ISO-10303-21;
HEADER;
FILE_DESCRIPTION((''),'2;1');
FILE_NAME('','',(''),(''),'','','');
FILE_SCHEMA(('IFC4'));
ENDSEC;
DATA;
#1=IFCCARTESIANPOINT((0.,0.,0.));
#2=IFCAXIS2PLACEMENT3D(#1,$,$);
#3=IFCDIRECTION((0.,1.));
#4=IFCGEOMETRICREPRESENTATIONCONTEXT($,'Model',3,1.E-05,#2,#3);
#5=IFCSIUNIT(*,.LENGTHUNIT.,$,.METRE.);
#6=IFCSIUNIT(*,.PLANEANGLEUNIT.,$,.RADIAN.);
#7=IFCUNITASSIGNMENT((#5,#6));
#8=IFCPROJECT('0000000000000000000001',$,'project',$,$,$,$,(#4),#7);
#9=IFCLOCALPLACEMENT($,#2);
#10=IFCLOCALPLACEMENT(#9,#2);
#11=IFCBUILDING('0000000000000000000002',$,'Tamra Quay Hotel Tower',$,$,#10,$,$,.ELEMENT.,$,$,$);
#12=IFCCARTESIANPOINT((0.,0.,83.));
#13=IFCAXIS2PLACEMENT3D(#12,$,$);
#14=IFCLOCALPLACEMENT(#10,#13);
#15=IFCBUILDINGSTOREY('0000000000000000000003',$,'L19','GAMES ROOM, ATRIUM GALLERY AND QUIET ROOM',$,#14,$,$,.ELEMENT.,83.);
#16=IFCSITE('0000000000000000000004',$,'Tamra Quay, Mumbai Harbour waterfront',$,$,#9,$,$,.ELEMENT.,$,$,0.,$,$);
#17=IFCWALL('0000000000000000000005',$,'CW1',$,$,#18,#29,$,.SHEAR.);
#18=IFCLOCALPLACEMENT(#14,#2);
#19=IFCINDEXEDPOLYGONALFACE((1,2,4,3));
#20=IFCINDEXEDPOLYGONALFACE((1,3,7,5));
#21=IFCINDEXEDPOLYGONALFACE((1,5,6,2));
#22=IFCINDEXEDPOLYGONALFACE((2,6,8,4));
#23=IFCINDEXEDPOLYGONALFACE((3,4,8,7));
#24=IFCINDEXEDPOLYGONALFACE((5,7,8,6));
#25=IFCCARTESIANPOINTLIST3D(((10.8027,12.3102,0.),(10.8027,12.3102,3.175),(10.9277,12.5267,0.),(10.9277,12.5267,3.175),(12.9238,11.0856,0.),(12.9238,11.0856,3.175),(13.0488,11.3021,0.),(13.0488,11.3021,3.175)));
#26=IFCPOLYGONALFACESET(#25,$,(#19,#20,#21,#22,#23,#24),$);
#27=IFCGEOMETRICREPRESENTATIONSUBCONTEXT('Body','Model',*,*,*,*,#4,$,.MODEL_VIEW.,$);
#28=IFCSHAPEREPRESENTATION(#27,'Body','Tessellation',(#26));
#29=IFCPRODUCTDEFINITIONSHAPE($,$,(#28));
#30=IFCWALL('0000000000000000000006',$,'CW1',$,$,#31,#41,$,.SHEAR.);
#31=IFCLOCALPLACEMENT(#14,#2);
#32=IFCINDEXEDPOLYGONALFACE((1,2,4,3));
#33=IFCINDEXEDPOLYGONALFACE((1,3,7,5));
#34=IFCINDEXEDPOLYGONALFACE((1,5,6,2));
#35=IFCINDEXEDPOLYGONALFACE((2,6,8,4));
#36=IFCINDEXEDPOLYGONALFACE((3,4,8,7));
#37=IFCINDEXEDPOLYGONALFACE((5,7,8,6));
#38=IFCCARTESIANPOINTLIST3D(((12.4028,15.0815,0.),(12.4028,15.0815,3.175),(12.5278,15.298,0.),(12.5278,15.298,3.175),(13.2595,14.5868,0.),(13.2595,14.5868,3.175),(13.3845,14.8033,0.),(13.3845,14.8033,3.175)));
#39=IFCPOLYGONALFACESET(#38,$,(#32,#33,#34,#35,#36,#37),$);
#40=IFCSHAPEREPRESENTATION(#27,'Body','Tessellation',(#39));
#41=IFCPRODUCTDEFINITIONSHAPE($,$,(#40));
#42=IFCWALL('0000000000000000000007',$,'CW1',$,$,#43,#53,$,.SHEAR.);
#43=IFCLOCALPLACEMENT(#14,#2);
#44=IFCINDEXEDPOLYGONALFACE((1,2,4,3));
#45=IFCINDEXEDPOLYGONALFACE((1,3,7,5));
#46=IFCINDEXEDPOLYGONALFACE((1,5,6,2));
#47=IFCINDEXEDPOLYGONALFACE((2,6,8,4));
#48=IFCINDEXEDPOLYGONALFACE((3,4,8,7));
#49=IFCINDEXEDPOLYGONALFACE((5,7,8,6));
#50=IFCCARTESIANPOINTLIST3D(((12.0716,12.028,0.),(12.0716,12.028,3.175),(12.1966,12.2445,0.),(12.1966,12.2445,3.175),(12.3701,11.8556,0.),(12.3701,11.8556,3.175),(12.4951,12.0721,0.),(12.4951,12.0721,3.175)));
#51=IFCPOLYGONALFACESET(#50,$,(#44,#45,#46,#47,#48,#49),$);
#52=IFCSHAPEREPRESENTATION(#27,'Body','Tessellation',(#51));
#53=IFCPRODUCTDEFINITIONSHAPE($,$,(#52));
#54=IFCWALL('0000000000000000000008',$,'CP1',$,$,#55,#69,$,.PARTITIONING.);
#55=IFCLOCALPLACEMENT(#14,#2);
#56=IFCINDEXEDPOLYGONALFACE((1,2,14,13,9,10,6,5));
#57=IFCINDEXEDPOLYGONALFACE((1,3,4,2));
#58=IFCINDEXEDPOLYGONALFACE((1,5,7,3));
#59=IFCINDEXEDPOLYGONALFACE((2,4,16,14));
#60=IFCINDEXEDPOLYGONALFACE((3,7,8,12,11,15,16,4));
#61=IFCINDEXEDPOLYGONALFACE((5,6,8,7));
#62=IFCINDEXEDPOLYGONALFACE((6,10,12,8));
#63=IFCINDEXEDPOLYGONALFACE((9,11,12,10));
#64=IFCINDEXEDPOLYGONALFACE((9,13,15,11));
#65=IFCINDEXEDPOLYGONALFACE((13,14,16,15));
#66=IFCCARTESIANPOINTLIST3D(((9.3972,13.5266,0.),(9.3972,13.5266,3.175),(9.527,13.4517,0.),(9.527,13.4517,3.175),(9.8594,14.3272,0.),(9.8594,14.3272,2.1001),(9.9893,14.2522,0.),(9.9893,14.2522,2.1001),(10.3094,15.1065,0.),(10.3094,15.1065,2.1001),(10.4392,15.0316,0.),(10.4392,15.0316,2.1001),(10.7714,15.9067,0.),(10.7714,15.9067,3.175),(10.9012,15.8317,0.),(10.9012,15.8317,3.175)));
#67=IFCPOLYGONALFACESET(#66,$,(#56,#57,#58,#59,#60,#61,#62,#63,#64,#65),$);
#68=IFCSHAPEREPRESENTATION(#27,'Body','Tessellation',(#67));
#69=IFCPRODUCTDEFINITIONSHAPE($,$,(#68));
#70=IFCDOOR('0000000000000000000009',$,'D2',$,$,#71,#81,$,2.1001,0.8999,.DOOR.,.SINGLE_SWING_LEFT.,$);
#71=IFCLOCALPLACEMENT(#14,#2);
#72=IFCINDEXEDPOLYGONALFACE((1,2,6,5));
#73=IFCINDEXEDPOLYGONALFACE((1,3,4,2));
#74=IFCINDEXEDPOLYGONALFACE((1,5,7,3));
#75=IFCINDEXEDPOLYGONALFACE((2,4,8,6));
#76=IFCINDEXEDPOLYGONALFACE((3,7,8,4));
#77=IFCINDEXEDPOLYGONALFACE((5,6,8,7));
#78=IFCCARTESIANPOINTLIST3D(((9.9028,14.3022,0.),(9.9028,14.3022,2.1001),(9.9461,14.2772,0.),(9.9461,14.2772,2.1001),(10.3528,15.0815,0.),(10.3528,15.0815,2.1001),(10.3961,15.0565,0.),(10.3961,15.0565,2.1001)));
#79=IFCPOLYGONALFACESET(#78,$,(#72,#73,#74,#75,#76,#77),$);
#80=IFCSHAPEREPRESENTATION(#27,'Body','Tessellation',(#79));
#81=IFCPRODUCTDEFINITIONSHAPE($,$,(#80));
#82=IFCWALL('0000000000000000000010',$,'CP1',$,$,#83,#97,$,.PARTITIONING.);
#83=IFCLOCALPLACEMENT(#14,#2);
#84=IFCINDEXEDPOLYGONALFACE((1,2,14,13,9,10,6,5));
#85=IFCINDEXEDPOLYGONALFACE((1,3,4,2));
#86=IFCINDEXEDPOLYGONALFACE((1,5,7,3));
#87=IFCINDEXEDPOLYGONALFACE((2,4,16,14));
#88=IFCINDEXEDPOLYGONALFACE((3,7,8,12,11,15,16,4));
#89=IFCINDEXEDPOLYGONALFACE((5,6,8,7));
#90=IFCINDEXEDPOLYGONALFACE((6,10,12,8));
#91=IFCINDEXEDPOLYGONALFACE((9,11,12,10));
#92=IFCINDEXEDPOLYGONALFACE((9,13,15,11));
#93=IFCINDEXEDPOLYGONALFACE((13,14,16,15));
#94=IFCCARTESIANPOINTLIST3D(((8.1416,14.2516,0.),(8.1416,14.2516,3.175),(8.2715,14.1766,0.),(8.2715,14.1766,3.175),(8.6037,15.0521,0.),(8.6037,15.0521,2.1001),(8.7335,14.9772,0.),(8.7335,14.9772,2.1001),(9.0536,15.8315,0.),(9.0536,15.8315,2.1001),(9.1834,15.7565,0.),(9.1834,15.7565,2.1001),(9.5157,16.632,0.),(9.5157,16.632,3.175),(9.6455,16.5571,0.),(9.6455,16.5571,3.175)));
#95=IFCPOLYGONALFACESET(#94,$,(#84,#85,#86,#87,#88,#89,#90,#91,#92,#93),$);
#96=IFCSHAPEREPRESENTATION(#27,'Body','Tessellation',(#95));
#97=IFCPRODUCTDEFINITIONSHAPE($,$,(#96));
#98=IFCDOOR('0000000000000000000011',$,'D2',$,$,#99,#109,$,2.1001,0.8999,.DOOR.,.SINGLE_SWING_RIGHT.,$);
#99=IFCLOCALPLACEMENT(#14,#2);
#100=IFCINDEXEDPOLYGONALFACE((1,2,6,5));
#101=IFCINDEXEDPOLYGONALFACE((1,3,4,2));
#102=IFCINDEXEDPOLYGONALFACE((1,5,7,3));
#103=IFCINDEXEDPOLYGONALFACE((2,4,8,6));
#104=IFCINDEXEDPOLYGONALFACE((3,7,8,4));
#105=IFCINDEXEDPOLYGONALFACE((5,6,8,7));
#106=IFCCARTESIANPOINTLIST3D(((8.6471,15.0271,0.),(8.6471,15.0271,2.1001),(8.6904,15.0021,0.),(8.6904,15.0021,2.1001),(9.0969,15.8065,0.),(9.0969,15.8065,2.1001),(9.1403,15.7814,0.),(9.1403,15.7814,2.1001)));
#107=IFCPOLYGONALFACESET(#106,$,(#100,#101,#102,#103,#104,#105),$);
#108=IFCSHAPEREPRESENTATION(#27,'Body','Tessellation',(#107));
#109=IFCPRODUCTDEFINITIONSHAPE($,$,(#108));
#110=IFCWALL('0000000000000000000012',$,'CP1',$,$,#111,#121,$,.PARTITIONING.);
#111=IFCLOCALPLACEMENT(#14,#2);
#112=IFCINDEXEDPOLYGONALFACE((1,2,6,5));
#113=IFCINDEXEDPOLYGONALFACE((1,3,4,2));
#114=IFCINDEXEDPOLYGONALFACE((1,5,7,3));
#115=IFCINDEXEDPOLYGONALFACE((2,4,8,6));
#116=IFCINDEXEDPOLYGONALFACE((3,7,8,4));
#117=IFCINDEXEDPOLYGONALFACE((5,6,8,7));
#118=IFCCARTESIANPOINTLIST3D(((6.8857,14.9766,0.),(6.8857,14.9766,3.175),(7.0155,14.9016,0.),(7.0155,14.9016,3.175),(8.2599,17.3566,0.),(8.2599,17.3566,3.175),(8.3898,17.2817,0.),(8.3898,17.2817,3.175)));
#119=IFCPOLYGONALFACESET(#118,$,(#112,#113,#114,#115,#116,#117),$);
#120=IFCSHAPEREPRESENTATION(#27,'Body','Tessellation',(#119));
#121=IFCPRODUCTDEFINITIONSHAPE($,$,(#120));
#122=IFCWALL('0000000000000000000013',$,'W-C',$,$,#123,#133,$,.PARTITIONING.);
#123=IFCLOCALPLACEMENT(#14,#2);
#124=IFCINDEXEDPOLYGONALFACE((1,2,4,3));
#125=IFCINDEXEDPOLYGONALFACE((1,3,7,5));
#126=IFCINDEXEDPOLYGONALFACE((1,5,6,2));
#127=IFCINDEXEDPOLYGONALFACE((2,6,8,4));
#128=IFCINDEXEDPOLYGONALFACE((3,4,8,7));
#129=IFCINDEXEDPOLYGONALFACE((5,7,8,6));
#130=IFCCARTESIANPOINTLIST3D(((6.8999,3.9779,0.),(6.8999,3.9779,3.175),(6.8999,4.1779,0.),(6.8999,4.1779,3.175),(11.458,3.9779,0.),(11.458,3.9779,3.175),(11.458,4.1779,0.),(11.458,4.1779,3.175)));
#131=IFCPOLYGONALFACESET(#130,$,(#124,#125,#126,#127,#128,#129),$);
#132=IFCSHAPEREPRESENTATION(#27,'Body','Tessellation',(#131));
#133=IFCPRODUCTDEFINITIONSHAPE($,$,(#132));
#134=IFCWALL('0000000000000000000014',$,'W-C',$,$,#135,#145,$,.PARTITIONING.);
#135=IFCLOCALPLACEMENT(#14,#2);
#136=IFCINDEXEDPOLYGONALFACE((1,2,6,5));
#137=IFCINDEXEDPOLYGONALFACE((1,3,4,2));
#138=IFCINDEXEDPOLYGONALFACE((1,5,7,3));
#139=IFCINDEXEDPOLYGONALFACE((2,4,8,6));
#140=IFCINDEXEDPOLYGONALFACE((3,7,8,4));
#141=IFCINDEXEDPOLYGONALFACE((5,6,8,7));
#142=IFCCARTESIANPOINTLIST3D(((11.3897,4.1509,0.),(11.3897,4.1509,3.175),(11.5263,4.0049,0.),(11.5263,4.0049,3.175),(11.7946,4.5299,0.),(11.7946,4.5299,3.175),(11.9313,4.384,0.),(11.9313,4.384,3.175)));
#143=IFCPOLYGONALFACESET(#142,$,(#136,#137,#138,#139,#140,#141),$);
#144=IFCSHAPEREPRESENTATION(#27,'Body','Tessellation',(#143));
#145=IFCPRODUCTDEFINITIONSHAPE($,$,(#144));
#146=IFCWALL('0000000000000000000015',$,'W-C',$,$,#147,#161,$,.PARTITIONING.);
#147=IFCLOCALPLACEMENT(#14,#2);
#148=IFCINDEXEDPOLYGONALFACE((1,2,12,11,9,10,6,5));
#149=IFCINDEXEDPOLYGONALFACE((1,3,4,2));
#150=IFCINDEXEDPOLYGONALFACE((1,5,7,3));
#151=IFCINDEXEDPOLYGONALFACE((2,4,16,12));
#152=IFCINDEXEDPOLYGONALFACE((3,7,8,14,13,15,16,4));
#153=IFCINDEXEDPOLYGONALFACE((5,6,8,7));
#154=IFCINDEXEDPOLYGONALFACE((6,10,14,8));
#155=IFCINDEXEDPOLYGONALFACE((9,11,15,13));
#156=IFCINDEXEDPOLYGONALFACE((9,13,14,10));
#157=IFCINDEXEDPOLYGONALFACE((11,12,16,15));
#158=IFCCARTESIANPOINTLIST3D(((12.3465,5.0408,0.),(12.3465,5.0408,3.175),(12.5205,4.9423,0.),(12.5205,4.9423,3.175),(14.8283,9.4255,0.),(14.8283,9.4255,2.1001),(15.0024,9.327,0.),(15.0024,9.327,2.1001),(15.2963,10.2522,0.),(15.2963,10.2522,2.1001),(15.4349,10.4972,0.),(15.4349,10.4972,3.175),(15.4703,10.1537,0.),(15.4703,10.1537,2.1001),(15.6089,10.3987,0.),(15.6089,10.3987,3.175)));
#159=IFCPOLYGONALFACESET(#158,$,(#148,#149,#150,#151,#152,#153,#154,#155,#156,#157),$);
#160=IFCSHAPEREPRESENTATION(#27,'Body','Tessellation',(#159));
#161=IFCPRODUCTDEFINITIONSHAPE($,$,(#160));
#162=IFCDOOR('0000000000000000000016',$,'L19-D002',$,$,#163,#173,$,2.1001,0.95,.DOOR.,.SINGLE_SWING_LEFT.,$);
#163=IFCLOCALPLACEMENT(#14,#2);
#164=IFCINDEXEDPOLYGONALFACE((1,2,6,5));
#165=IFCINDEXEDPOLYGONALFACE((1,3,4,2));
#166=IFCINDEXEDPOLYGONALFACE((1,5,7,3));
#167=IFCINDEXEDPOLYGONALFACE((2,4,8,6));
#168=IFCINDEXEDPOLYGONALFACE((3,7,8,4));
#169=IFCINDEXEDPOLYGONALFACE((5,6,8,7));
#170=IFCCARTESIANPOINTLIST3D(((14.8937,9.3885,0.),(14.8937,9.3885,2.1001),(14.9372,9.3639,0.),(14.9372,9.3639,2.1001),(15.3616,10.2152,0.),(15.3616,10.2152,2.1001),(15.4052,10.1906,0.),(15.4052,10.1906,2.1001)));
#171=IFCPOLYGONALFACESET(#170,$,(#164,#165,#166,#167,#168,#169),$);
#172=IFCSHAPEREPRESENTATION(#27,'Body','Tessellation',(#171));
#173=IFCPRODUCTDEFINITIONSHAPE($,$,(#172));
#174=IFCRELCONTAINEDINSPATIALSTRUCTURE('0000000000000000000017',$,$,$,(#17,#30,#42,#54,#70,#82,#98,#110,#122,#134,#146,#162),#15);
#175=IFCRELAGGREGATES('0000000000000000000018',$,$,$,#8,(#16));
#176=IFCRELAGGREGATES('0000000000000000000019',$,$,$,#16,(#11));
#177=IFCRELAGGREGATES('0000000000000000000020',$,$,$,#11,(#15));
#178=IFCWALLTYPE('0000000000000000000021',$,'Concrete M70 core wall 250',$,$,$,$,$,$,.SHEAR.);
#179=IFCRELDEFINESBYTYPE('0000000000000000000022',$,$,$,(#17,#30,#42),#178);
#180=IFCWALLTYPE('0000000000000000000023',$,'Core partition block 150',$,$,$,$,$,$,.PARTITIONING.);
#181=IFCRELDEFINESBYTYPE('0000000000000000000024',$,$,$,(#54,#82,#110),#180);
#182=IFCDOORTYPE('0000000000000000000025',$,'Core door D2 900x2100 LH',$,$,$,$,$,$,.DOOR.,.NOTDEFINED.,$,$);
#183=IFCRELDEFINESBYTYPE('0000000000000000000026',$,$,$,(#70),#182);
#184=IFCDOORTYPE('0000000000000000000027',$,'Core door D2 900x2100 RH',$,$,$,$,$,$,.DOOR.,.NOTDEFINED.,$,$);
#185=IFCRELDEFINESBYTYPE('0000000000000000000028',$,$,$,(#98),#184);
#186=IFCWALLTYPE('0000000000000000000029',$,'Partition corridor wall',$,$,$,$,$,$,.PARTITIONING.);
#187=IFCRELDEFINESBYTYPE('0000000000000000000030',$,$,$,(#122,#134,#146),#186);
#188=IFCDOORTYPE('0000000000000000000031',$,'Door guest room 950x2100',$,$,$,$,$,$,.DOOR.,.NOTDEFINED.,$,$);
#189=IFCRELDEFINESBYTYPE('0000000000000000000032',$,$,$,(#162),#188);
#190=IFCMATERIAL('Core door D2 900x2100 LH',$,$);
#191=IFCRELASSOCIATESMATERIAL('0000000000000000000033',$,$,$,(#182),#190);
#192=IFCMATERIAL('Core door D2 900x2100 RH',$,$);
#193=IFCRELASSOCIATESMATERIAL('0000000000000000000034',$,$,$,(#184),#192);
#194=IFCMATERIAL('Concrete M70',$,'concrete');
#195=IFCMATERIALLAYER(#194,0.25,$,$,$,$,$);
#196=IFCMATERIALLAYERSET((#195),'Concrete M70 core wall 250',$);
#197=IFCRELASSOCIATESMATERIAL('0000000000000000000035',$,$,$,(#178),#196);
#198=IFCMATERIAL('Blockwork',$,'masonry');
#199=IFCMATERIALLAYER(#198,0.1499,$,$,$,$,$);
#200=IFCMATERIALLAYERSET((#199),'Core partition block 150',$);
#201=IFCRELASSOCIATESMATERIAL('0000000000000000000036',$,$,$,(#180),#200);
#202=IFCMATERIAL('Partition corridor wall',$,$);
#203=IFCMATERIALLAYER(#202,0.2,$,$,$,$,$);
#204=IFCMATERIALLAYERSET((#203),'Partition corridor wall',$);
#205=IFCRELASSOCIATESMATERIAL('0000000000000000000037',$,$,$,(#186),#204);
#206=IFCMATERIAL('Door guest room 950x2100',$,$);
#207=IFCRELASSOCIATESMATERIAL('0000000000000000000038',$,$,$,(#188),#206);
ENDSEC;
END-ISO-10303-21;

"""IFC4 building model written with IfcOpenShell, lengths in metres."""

from ifc_helpers import new_model, si_unit, direction, frame, frame_2d, origin, place, context, subcontext, project, spatial, rectangle, extrude, material, layer, layer_set, type_object, element, fill, save


model = new_model("IFC4")

# Units and contexts
model_context = context("Model", 3, precision=1e-05, world=origin(), true_north=direction((0.0, 1.0)))
body_context = subcontext(model_context, "Body", "Model", "MODEL_VIEW")
ifc_project = project(units=[si_unit("LENGTHUNIT", "METRE"), si_unit("PLANEANGLEUNIT", "RADIAN")], contexts=[model_context])

# Site, building, storey
site_placement = place(None, origin())
site = spatial("IfcSite", under=ifc_project, at=site_placement, Name="Tamra Quay, Mumbai Harbour waterfront", CompositionType="ELEMENT", RefElevation=0.0)
building_placement = place(site_placement, origin())
building = spatial("IfcBuilding", under=site, at=building_placement, Name="Tamra Quay Hotel Tower", CompositionType="ELEMENT")
storey_placement = place(building_placement, frame((0.0, 0.0, 83.0)))
storey = spatial("IfcBuildingStorey", under=building, at=storey_placement, Name="L19", Description="GAMES ROOM, ATRIUM GALLERY AND QUIET ROOM", CompositionType="ELEMENT", Elevation=83.0)

# Shared definitions
ifc_material_1 = material(Name="Concrete M70", Category="concrete")
ifc_material_2 = material(Name="Core door D2 900x2100 LH")
door_type_1 = type_object("IfcDoorType", Name="Core door D2 900x2100 LH", OperationType="NOTDEFINED", PredefinedType="DOOR", material=ifc_material_2)
ifc_material_3 = material(Name="Core door D2 900x2100 RH")
door_type_2 = type_object("IfcDoorType", Name="Core door D2 900x2100 RH", OperationType="NOTDEFINED", PredefinedType="DOOR", material=ifc_material_3)
ifc_layer_1 = layer(ifc_material_1, 0.25)
ifc_layer_set_1 = layer_set([ifc_layer_1], Name="Concrete M70 core wall 250")
wall_type_1 = type_object("IfcWallType", Name="Concrete M70 core wall 250", PredefinedType="SHEAR", material=ifc_layer_set_1)

# Walls
wall_1_placement = place(storey_placement, frame((10.8652, 12.4185, 0.0), z_axis=(0.0, 0.0, 1.0), x_axis=(0.866026, -0.499999, 0.0)))
element("IfcWall", 1, at=wall_1_placement, inside=storey, type_object=wall_type_1, Name="CW1", PredefinedType="SHEAR", context=body_context, shape_type="SweptSolid", body=[
    extrude(rectangle(XDim=2.4492, YDim=0.25, at=frame_2d((1.2246, 0.0))), origin(), (0.0, 0.0, 1.0), 3.175),
])
wall_2_placement = place(storey_placement, frame((13.322, 14.6951, 0.0), z_axis=(0.0, 0.0, 1.0), x_axis=(-0.866017, 0.500014, 0.0)))
element("IfcWall", 2, at=wall_2_placement, inside=storey, type_object=wall_type_1, Name="CW1", PredefinedType="SHEAR", context=body_context, shape_type="SweptSolid", body=[
    extrude(rectangle(XDim=0.9893, YDim=0.25, at=frame_2d((0.4946, 0.0))), origin(), (0.0, 0.0, 1.0), 3.175),
])
wall_3_placement = place(storey_placement, frame((12.4326, 11.9639, 0.0), z_axis=(0.0, 0.0, 1.0), x_axis=(-0.866056, 0.499947, 0.0)))
element("IfcWall", 3, at=wall_3_placement, inside=storey, type_object=wall_type_1, Name="CW1", PredefinedType="SHEAR", context=body_context, shape_type="SweptSolid", body=[
    extrude(rectangle(XDim=0.3447, YDim=0.25, at=frame_2d((0.1724, 0.0))), origin(), (0.0, 0.0, 1.0), 3.175),
])

# Walls, openings, doors
ifc_material_4 = material(Name="Blockwork", Category="masonry")
ifc_layer_2 = layer(ifc_material_4, 0.1499)
ifc_layer_set_2 = layer_set([ifc_layer_2], Name="Core partition block 150")
wall_type_2 = type_object("IfcWallType", Name="Core partition block 150", PredefinedType="PARTITIONING", material=ifc_layer_set_2)
wall_4_placement = place(storey_placement, frame((9.4622, 13.4893, 0.0), z_axis=(0.0, 0.0, 1.0), x_axis=(0.500027, 0.86601, 0.0)))
wall_4 = element("IfcWall", 4, at=wall_4_placement, inside=storey, type_object=wall_type_2, Name="CP1", PredefinedType="PARTITIONING", context=body_context, shape_type="SweptSolid", body=[
    extrude(rectangle(XDim=2.7483, YDim=0.1499, at=frame_2d((1.374, 0.0))), origin(), (0.0, 0.0, 1.0), 3.175),
])
opening_1_placement = place(wall_4_placement, frame((0.9243, 0.0, 0.0)))
opening_1 = element("IfcOpeningElement", 5, at=opening_1_placement, cuts=wall_4, PredefinedType="OPENING", context=body_context, shape_type="SweptSolid", body=[
    extrude(rectangle(XDim=0.8999, YDim=2.1001, at=frame_2d((0.45, 1.05))), frame((0.0, 0.085, 0.0), z_axis=(0.0, -1.0, 0.0), x_axis=(1.0, 0.0, 0.0)), (0.0, 0.0, 1.0), 0.1699),
])
door_1_placement = place(opening_1_placement, origin())
door_1 = element("IfcDoor", 6, at=door_1_placement, inside=storey, type_object=door_type_1, Name="D2", OperationType="SINGLE_SWING_LEFT", OverallHeight=2.1001, OverallWidth=0.8999, PredefinedType="DOOR", context=body_context, shape_type="SweptSolid", body=[
    extrude(rectangle(XDim=0.8999, YDim=2.1001, at=frame_2d((0.45, 1.05))), frame((0.0, 0.0249, 0.0), z_axis=(0.0, -1.0, 0.0), x_axis=(1.0, 0.0, 0.0)), (0.0, 0.0, 1.0), 0.05),
])
fill(opening_1, door_1)
wall_5_placement = place(storey_placement, frame((8.2065, 14.2141, 0.0), z_axis=(0.0, 0.0, 1.0), x_axis=(0.499922, 0.86607, 0.0)))
wall_5 = element("IfcWall", 7, at=wall_5_placement, inside=storey, type_object=wall_type_2, Name="CP1", PredefinedType="PARTITIONING", context=body_context, shape_type="SweptSolid", body=[
    extrude(rectangle(XDim=2.7485, YDim=0.1499, at=frame_2d((1.3743, 0.0))), origin(), (0.0, 0.0, 1.0), 3.175),
])
opening_2_placement = place(wall_5_placement, frame((0.9243, 0.0, 0.0)))
opening_2 = element("IfcOpeningElement", 8, at=opening_2_placement, cuts=wall_5, PredefinedType="OPENING", context=body_context, shape_type="SweptSolid", body=[
    extrude(rectangle(XDim=0.8999, YDim=2.1001, at=frame_2d((0.45, 1.05))), frame((0.0, 0.085, 0.0), z_axis=(0.0, -1.0, 0.0), x_axis=(1.0, 0.0, 0.0)), (0.0, 0.0, 1.0), 0.1699),
])
door_2_placement = place(opening_2_placement, origin())
door_2 = element("IfcDoor", 9, at=door_2_placement, inside=storey, type_object=door_type_2, Name="D2", OperationType="SINGLE_SWING_RIGHT", OverallHeight=2.1001, OverallWidth=0.8999, PredefinedType="DOOR", context=body_context, shape_type="SweptSolid", body=[
    extrude(rectangle(XDim=0.8999, YDim=2.1001, at=frame_2d((0.45, 1.05))), frame((0.0, 0.0249, 0.0), z_axis=(0.0, -1.0, 0.0), x_axis=(1.0, 0.0, 0.0)), (0.0, 0.0, 1.0), 0.05),
])
fill(opening_2, door_2)

# Walls
wall_6_placement = place(storey_placement, frame((6.9507, 14.9392, 0.0), z_axis=(0.0, 0.0, 1.0), x_axis=(0.500027, 0.86601, 0.0)))
element("IfcWall", 10, at=wall_6_placement, inside=storey, type_object=wall_type_2, Name="CP1", PredefinedType="PARTITIONING", context=body_context, shape_type="SweptSolid", body=[
    extrude(rectangle(XDim=2.7483, YDim=0.1499, at=frame_2d((1.374, 0.0))), origin(), (0.0, 0.0, 1.0), 3.175),
])
ifc_material_5 = material(Name="Partition corridor wall")
ifc_layer_3 = layer(ifc_material_5, 0.2)
ifc_layer_set_3 = layer_set([ifc_layer_3], Name="Partition corridor wall")
wall_type_3 = type_object("IfcWallType", Name="Partition corridor wall", PredefinedType="PARTITIONING", material=ifc_layer_set_3)
wall_7_placement = place(storey_placement, frame((6.8999, 4.0779, 0.0), z_axis=(0.0, 0.0, 1.0), x_axis=(1.0, 0.0, 0.0)))
element("IfcWall", 11, at=wall_7_placement, inside=storey, type_object=wall_type_3, Name="W-C", PredefinedType="PARTITIONING", context=body_context, shape_type="SweptSolid", body=[
    extrude(rectangle(XDim=4.5581, YDim=0.2, at=frame_2d((2.2791, 0.0))), origin(), (0.0, 0.0, 1.0), 3.175),
])
wall_8_placement = place(storey_placement, frame((11.458, 4.0779, 0.0), z_axis=(0.0, 0.0, 1.0), x_axis=(0.730045, 0.683399, 0.0)))
element("IfcWall", 12, at=wall_8_placement, inside=storey, type_object=wall_type_3, Name="W-C", PredefinedType="PARTITIONING", context=body_context, shape_type="SweptSolid", body=[
    extrude(rectangle(XDim=0.5547, YDim=0.2, at=frame_2d((0.2773, 0.0))), origin(), (0.0, 0.0, 1.0), 3.175),
])

# Wall, opening, door
wall_9_placement = place(storey_placement, frame((12.4336, 4.9917, 0.0), z_axis=(0.0, 0.0, 1.0), x_axis=(0.492587, 0.870263, 0.0)))
wall_9 = element("IfcWall", 13, at=wall_9_placement, inside=storey, type_object=wall_type_3, Name="W-C", PredefinedType="PARTITIONING", context=body_context, shape_type="SweptSolid", body=[
    extrude(rectangle(XDim=6.2698, YDim=0.2, at=frame_2d((3.1348, 0.0))), origin(), (0.0, 0.0, 1.0), 3.175),
])
opening_3_placement = place(wall_9_placement, frame((5.0381, 0.0, 0.0)))
opening_3 = element("IfcOpeningElement", 14, at=opening_3_placement, cuts=wall_9, PredefinedType="OPENING", context=body_context, shape_type="SweptSolid", body=[
    extrude(rectangle(XDim=0.95, YDim=2.1001, at=frame_2d((0.4751, 1.05))), frame((0.0, 0.1099, 0.0), z_axis=(0.0, -1.0, 0.0), x_axis=(1.0, 0.0, 0.0)), (0.0, 0.0, 1.0), 0.22),
])
ifc_material_6 = material(Name="Door guest room 950x2100")
door_type_3 = type_object("IfcDoorType", Name="Door guest room 950x2100", OperationType="NOTDEFINED", PredefinedType="DOOR", material=ifc_material_6)
door_3_placement = place(opening_3_placement, origin())
door_3 = element("IfcDoor", 15, at=door_3_placement, inside=storey, type_object=door_type_3, Name="L19-D002", OperationType="SINGLE_SWING_LEFT", OverallHeight=2.1001, OverallWidth=0.95, PredefinedType="DOOR", context=body_context, shape_type="SweptSolid", body=[
    extrude(rectangle(XDim=0.95, YDim=2.1001, at=frame_2d((0.4751, 1.05))), frame((0.0, 0.0249, 0.0), z_axis=(0.0, -1.0, 0.0), x_axis=(1.0, 0.0, 0.0)), (0.0, 0.0, 1.0), 0.05),
])
fill(opening_3, door_3)

save(model, "model.ifc")
